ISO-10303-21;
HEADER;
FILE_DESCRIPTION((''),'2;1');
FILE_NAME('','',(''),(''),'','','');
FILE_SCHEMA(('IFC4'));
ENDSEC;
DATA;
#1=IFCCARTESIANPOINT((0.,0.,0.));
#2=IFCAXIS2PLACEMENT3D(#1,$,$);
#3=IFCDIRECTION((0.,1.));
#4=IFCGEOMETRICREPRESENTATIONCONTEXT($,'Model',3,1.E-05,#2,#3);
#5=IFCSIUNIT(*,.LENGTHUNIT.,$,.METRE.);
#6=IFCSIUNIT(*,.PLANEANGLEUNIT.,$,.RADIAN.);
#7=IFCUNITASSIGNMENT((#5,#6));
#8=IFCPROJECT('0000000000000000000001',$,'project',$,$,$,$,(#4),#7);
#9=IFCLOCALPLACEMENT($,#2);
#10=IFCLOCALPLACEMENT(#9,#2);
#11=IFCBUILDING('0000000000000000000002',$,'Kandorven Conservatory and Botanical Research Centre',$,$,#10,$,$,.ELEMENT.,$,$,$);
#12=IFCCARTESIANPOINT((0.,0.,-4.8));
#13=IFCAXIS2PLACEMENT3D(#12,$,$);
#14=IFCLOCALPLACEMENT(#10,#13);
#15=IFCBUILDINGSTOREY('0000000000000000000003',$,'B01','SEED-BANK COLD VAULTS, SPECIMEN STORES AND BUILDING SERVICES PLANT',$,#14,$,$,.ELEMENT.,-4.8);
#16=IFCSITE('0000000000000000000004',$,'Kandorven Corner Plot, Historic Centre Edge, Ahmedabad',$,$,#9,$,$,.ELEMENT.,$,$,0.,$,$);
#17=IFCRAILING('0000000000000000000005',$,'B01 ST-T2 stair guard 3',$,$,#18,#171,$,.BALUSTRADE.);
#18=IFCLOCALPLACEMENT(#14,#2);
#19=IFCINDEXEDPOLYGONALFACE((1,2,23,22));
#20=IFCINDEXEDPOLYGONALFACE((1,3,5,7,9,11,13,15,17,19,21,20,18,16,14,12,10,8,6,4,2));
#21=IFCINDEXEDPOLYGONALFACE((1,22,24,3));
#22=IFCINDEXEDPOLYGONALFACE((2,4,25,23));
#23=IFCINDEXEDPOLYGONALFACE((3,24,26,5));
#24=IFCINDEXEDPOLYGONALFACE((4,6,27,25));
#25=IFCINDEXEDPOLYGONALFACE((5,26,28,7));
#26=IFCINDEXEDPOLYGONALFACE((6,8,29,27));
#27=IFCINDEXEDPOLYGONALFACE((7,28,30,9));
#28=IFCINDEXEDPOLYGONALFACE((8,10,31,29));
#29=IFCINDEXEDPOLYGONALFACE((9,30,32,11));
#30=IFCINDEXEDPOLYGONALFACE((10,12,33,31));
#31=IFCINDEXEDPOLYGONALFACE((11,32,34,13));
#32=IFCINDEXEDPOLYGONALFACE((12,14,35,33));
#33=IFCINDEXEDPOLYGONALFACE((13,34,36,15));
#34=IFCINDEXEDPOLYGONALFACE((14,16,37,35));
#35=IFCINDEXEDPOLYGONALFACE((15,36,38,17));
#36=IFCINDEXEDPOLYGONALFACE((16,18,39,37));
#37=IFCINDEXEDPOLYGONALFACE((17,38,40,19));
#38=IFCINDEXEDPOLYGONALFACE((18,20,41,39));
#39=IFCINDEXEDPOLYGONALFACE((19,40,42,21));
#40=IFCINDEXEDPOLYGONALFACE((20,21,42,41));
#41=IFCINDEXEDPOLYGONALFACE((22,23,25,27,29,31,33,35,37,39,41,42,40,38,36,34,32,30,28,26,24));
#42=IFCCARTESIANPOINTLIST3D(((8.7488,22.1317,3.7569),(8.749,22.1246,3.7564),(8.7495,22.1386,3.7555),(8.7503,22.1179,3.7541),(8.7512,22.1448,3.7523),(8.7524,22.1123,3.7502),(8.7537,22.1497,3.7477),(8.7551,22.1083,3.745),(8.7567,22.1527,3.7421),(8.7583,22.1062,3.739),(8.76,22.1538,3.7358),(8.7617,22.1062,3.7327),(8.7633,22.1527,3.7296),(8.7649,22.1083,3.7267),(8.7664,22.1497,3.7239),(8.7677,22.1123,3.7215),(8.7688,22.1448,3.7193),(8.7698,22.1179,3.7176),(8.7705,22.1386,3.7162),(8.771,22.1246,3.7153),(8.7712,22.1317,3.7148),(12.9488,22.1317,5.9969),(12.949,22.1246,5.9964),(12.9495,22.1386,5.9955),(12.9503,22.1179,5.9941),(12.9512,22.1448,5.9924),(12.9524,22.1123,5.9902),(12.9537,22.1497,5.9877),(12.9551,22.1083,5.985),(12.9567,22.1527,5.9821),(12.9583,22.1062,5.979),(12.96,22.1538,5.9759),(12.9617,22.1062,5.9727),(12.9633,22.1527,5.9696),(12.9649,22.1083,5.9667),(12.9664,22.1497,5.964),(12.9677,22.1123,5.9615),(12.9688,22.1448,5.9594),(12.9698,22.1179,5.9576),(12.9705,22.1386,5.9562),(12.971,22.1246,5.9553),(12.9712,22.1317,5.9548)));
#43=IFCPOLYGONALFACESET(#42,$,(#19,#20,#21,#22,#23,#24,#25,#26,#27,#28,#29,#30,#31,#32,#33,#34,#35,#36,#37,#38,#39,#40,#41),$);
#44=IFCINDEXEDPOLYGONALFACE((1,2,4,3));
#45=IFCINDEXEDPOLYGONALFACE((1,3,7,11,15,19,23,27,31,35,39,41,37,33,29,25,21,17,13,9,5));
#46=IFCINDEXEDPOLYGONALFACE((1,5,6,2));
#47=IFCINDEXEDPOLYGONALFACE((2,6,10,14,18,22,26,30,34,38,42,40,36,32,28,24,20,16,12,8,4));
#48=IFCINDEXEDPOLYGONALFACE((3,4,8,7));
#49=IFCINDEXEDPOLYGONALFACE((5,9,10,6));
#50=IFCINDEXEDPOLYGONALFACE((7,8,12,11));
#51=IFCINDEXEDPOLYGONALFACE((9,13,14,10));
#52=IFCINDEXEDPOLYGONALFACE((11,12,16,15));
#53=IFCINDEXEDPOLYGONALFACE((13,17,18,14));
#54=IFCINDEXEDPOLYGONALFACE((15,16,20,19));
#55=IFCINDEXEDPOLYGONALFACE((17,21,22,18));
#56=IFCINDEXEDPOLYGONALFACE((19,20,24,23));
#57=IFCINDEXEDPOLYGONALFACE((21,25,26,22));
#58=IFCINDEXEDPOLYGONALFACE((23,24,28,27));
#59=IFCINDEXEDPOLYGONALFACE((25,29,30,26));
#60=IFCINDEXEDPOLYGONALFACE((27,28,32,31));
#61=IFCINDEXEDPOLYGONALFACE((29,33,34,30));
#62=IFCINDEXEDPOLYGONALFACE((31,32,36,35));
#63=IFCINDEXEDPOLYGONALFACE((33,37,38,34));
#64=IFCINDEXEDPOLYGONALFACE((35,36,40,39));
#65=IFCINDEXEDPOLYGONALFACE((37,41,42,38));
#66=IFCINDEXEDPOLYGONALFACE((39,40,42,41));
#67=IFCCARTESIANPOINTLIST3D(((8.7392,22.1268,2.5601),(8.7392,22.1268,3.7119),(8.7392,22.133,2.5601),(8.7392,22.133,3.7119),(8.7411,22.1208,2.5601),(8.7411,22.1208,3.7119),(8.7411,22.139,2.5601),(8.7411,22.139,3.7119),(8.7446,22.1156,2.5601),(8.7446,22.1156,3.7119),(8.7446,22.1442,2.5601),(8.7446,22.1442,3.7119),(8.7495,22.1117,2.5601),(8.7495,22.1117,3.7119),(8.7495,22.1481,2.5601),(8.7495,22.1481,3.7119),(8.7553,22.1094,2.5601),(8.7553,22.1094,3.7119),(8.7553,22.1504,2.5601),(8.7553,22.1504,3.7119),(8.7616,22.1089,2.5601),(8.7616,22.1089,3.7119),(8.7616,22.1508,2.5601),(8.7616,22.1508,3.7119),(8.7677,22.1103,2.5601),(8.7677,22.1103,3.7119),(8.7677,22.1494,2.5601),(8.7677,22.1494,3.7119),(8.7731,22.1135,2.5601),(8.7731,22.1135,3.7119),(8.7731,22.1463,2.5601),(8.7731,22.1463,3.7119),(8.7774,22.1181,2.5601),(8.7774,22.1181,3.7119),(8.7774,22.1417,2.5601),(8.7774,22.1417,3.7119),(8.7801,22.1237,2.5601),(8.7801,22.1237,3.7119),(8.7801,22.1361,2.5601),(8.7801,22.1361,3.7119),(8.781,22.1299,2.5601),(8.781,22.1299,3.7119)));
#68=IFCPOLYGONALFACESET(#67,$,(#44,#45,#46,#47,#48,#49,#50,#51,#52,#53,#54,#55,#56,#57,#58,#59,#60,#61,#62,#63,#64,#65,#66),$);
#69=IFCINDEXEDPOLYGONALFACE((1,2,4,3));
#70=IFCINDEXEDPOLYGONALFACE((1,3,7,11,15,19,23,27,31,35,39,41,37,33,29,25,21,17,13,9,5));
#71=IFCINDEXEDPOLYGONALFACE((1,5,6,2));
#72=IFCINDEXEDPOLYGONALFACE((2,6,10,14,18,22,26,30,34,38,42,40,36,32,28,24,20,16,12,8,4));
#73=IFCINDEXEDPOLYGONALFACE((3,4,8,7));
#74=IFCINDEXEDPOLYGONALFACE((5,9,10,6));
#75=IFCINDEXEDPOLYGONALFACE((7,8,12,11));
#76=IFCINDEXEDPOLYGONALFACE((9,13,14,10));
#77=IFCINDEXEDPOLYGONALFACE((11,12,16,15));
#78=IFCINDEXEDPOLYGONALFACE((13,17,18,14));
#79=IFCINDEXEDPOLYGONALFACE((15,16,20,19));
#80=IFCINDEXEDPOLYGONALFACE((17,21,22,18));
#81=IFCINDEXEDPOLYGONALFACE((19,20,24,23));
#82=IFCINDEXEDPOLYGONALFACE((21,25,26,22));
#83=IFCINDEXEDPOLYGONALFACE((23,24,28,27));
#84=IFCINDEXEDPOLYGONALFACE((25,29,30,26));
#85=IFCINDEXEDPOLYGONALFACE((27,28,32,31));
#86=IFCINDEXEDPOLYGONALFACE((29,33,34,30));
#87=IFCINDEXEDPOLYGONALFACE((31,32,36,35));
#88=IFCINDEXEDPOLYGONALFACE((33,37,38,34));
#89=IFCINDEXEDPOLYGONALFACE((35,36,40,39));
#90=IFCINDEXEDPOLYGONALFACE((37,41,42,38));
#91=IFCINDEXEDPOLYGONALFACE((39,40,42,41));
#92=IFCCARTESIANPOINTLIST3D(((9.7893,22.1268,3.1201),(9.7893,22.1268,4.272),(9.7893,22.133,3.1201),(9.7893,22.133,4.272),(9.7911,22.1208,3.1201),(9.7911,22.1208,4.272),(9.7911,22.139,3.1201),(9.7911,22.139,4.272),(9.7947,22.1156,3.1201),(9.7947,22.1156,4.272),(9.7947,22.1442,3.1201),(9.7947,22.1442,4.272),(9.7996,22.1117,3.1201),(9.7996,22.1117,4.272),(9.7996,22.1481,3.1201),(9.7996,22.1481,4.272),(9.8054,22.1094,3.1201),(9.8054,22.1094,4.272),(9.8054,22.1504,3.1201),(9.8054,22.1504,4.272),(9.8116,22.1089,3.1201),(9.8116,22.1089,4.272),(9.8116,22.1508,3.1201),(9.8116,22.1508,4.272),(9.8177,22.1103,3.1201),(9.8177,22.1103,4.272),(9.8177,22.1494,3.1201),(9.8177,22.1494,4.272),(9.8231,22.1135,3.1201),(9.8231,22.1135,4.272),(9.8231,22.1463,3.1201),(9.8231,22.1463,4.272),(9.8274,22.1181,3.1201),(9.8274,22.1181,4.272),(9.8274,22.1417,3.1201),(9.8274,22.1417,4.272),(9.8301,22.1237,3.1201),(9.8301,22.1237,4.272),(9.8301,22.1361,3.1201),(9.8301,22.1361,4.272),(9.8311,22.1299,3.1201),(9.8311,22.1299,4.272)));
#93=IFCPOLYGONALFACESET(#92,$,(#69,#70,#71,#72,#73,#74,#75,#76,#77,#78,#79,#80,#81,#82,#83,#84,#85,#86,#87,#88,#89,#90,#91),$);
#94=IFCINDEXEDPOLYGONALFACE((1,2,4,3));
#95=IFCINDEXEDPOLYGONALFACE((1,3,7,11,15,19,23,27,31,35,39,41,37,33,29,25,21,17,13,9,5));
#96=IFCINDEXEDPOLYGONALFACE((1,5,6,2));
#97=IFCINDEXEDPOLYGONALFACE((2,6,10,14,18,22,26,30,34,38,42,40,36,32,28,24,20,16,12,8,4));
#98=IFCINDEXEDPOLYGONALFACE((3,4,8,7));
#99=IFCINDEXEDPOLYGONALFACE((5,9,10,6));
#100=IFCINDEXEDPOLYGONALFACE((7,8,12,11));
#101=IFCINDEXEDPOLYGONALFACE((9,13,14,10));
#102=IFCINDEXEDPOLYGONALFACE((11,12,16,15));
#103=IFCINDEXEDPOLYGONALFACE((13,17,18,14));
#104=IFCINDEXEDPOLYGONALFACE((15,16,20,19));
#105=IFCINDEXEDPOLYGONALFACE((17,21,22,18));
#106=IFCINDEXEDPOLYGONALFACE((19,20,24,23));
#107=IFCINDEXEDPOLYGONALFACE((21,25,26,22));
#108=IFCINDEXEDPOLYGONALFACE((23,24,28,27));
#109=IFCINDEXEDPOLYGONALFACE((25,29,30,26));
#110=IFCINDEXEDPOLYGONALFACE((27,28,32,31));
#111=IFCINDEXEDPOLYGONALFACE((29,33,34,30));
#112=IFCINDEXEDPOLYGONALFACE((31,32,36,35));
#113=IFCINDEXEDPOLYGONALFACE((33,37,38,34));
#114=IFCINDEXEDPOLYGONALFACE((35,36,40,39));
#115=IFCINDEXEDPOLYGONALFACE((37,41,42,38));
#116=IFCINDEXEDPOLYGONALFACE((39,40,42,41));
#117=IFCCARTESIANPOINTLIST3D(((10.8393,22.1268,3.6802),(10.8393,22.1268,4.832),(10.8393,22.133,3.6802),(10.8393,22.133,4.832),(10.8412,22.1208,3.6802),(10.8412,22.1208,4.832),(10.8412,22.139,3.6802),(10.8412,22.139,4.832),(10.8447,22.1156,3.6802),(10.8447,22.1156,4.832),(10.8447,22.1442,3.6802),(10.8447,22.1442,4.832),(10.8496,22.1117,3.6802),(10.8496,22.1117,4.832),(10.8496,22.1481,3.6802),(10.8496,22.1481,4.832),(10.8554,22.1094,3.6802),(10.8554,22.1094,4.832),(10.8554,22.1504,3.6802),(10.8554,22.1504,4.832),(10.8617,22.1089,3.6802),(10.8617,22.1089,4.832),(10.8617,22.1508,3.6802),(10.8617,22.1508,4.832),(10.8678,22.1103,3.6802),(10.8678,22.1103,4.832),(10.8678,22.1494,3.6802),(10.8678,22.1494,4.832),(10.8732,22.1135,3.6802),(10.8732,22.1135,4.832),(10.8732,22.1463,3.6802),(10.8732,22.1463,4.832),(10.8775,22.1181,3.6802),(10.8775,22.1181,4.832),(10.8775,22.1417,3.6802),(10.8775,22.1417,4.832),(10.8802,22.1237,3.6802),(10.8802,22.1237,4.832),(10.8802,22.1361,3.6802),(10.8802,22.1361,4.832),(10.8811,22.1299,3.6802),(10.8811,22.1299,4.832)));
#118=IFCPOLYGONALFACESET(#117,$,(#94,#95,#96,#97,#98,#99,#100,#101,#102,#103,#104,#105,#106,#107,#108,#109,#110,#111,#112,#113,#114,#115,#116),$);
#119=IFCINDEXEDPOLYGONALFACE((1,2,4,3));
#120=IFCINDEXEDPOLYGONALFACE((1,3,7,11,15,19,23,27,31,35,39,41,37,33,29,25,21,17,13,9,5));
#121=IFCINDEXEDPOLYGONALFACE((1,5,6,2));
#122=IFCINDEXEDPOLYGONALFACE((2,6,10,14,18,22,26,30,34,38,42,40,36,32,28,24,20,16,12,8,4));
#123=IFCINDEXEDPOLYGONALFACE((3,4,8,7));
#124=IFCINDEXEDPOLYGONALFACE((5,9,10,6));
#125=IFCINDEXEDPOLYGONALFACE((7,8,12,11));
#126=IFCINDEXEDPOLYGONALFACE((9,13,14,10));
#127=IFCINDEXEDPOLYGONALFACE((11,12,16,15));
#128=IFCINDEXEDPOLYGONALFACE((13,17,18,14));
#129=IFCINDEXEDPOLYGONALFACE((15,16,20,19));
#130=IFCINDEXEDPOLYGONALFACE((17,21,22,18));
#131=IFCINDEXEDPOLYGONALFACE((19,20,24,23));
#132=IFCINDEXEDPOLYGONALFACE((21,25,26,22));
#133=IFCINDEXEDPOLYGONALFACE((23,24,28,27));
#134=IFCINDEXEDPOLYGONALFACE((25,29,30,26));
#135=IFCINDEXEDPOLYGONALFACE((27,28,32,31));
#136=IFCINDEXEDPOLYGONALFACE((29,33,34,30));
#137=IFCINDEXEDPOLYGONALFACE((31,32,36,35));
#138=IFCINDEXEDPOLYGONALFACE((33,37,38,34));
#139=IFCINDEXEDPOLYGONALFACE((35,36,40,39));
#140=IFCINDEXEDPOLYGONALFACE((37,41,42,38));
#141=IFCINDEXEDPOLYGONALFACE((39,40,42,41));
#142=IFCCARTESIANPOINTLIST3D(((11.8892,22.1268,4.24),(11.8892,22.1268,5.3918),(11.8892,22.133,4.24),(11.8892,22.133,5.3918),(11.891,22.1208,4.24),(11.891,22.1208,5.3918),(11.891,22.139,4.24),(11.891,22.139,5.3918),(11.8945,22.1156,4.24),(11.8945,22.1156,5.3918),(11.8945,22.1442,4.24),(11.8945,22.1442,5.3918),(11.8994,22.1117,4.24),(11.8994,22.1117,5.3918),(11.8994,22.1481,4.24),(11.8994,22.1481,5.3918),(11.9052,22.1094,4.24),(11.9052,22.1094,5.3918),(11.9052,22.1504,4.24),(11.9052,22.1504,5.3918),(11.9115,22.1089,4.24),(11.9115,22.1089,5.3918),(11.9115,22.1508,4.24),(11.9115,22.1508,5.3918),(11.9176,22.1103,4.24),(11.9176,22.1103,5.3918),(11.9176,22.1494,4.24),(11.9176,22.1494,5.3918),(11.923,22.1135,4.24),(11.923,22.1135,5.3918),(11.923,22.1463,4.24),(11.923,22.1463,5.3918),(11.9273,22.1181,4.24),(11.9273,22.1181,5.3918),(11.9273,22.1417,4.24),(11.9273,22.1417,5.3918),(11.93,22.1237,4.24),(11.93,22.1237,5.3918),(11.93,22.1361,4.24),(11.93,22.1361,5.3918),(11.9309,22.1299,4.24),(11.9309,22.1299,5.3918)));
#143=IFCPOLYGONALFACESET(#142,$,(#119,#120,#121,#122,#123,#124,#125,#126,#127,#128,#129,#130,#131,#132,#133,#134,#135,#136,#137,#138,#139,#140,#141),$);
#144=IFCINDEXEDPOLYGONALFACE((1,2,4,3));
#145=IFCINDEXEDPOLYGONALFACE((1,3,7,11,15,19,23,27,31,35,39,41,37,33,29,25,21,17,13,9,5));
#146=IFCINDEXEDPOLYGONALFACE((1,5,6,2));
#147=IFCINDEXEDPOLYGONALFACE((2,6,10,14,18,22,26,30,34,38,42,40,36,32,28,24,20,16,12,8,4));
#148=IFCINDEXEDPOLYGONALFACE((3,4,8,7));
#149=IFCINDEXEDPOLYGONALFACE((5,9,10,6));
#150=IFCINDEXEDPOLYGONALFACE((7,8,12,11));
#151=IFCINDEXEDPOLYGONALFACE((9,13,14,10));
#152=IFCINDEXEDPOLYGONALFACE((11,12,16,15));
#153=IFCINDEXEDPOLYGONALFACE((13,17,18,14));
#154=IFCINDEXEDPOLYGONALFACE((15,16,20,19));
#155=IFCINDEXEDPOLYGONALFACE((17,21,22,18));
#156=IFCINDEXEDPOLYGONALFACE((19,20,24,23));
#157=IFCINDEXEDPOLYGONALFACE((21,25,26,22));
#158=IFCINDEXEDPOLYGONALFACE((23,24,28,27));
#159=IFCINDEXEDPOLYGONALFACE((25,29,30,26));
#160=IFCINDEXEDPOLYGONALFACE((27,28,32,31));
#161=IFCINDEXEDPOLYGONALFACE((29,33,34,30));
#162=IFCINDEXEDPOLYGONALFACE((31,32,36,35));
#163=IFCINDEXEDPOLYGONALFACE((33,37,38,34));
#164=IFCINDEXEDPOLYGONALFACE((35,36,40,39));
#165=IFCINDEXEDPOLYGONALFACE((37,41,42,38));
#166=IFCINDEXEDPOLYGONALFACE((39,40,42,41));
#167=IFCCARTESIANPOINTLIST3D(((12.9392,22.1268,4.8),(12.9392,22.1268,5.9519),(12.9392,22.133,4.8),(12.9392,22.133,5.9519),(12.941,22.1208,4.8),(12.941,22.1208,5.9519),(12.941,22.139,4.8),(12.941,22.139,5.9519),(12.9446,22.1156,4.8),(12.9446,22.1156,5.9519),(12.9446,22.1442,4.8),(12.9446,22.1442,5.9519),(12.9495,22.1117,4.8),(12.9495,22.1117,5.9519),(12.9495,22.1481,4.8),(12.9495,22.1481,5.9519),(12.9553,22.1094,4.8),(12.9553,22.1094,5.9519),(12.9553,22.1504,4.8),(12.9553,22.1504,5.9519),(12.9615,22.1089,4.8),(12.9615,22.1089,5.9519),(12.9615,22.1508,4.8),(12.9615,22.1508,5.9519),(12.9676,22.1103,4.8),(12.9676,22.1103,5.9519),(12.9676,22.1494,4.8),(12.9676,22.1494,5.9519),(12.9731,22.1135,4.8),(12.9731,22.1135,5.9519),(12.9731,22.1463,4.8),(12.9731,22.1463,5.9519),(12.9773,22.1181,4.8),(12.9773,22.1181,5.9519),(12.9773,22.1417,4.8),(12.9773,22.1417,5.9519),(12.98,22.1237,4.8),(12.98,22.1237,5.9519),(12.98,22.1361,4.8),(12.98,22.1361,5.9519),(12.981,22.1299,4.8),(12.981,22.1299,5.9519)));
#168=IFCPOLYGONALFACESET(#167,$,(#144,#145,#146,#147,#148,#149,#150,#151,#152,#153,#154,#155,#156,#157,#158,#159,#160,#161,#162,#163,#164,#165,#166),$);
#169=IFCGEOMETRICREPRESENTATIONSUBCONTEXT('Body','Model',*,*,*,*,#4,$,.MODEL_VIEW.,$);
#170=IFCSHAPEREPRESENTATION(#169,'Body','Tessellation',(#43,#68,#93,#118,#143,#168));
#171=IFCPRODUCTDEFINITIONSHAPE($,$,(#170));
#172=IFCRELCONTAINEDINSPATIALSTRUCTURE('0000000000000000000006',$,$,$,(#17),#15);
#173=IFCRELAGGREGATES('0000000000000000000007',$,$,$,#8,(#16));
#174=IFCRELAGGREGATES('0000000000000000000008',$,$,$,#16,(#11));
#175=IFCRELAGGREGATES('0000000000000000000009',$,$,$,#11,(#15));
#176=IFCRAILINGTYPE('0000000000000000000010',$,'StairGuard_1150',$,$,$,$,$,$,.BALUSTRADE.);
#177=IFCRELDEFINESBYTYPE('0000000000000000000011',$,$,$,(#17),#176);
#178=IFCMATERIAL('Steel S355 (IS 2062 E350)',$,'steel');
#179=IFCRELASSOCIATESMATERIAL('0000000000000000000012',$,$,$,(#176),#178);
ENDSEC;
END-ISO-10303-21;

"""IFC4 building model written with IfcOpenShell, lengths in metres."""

from ifc_helpers import new_model, si_unit, direction, frame, origin, origin_2d, place, context, subcontext, project, spatial, circle, extrude, material, type_object, element, save


model = new_model("IFC4")

# Units and contexts
model_context = context("Model", 3, precision=1e-05, world=origin(), true_north=direction((0.0, 1.0)))
body_context = subcontext(model_context, "Body", "Model", "MODEL_VIEW")
ifc_project = project(units=[si_unit("LENGTHUNIT", "METRE"), si_unit("PLANEANGLEUNIT", "RADIAN")], contexts=[model_context])

# Site, building, storey
site_placement = place(None, origin())
site = spatial("IfcSite", under=ifc_project, at=site_placement, Name="Kandorven Corner Plot, Historic Centre Edge, Ahmedabad", CompositionType="ELEMENT", RefElevation=0.0)
building_placement = place(site_placement, origin())
building = spatial("IfcBuilding", under=site, at=building_placement, Name="Kandorven Conservatory and Botanical Research Centre", CompositionType="ELEMENT")
storey_placement = place(building_placement, frame((0.0, 0.0, -4.8)))
storey = spatial("IfcBuildingStorey", under=building, at=storey_placement, Name="B01", Description="SEED-BANK COLD VAULTS, SPECIMEN STORES AND BUILDING SERVICES PLANT", CompositionType="ELEMENT", Elevation=-4.8)

# Railing
ifc_material_1 = material(Name="Steel S355 (IS 2062 E350)", Category="steel")
railing_type_1 = type_object("IfcRailingType", Name="StairGuard_1150", PredefinedType="BALUSTRADE", material=ifc_material_1)
railing_1_placement = place(storey_placement, frame((8.76, 22.1299, 2.5601)))
element("IfcRailing", 1, at=railing_1_placement, inside=storey, type_object=railing_type_1, Name="B01 ST-T2 stair guard 3", PredefinedType="BALUSTRADE", context=body_context, shape_type="SweptSolid", body=[
    extrude(circle(Radius=0.0239, at=origin_2d()), frame((0.0, 0.0, 1.1758), z_axis=(0.882352, 0.0, 0.470591), x_axis=(0.0, 1.0, 0.0)), (0.0, 0.0, 1.0), 4.76),
    extrude(circle(Radius=0.021, at=origin_2d()), origin(), (0.0, 0.0, 1.0), 1.1519),
    extrude(circle(Radius=0.021, at=origin_2d()), frame((1.05, 0.0, 0.5601)), (0.0, 0.0, 1.0), 1.1519),
    extrude(circle(Radius=0.021, at=origin_2d()), frame((2.1001, 0.0, 1.1201)), (0.0, 0.0, 1.0), 1.1519),
    extrude(circle(Radius=0.021, at=origin_2d()), frame((3.1499, 0.0, 1.6799)), (0.0, 0.0, 1.0), 1.1519),
    extrude(circle(Radius=0.021, at=origin_2d()), frame((4.2, 0.0, 2.24)), (0.0, 0.0, 1.0), 1.1519),
])

save(model, "model.ifc")
